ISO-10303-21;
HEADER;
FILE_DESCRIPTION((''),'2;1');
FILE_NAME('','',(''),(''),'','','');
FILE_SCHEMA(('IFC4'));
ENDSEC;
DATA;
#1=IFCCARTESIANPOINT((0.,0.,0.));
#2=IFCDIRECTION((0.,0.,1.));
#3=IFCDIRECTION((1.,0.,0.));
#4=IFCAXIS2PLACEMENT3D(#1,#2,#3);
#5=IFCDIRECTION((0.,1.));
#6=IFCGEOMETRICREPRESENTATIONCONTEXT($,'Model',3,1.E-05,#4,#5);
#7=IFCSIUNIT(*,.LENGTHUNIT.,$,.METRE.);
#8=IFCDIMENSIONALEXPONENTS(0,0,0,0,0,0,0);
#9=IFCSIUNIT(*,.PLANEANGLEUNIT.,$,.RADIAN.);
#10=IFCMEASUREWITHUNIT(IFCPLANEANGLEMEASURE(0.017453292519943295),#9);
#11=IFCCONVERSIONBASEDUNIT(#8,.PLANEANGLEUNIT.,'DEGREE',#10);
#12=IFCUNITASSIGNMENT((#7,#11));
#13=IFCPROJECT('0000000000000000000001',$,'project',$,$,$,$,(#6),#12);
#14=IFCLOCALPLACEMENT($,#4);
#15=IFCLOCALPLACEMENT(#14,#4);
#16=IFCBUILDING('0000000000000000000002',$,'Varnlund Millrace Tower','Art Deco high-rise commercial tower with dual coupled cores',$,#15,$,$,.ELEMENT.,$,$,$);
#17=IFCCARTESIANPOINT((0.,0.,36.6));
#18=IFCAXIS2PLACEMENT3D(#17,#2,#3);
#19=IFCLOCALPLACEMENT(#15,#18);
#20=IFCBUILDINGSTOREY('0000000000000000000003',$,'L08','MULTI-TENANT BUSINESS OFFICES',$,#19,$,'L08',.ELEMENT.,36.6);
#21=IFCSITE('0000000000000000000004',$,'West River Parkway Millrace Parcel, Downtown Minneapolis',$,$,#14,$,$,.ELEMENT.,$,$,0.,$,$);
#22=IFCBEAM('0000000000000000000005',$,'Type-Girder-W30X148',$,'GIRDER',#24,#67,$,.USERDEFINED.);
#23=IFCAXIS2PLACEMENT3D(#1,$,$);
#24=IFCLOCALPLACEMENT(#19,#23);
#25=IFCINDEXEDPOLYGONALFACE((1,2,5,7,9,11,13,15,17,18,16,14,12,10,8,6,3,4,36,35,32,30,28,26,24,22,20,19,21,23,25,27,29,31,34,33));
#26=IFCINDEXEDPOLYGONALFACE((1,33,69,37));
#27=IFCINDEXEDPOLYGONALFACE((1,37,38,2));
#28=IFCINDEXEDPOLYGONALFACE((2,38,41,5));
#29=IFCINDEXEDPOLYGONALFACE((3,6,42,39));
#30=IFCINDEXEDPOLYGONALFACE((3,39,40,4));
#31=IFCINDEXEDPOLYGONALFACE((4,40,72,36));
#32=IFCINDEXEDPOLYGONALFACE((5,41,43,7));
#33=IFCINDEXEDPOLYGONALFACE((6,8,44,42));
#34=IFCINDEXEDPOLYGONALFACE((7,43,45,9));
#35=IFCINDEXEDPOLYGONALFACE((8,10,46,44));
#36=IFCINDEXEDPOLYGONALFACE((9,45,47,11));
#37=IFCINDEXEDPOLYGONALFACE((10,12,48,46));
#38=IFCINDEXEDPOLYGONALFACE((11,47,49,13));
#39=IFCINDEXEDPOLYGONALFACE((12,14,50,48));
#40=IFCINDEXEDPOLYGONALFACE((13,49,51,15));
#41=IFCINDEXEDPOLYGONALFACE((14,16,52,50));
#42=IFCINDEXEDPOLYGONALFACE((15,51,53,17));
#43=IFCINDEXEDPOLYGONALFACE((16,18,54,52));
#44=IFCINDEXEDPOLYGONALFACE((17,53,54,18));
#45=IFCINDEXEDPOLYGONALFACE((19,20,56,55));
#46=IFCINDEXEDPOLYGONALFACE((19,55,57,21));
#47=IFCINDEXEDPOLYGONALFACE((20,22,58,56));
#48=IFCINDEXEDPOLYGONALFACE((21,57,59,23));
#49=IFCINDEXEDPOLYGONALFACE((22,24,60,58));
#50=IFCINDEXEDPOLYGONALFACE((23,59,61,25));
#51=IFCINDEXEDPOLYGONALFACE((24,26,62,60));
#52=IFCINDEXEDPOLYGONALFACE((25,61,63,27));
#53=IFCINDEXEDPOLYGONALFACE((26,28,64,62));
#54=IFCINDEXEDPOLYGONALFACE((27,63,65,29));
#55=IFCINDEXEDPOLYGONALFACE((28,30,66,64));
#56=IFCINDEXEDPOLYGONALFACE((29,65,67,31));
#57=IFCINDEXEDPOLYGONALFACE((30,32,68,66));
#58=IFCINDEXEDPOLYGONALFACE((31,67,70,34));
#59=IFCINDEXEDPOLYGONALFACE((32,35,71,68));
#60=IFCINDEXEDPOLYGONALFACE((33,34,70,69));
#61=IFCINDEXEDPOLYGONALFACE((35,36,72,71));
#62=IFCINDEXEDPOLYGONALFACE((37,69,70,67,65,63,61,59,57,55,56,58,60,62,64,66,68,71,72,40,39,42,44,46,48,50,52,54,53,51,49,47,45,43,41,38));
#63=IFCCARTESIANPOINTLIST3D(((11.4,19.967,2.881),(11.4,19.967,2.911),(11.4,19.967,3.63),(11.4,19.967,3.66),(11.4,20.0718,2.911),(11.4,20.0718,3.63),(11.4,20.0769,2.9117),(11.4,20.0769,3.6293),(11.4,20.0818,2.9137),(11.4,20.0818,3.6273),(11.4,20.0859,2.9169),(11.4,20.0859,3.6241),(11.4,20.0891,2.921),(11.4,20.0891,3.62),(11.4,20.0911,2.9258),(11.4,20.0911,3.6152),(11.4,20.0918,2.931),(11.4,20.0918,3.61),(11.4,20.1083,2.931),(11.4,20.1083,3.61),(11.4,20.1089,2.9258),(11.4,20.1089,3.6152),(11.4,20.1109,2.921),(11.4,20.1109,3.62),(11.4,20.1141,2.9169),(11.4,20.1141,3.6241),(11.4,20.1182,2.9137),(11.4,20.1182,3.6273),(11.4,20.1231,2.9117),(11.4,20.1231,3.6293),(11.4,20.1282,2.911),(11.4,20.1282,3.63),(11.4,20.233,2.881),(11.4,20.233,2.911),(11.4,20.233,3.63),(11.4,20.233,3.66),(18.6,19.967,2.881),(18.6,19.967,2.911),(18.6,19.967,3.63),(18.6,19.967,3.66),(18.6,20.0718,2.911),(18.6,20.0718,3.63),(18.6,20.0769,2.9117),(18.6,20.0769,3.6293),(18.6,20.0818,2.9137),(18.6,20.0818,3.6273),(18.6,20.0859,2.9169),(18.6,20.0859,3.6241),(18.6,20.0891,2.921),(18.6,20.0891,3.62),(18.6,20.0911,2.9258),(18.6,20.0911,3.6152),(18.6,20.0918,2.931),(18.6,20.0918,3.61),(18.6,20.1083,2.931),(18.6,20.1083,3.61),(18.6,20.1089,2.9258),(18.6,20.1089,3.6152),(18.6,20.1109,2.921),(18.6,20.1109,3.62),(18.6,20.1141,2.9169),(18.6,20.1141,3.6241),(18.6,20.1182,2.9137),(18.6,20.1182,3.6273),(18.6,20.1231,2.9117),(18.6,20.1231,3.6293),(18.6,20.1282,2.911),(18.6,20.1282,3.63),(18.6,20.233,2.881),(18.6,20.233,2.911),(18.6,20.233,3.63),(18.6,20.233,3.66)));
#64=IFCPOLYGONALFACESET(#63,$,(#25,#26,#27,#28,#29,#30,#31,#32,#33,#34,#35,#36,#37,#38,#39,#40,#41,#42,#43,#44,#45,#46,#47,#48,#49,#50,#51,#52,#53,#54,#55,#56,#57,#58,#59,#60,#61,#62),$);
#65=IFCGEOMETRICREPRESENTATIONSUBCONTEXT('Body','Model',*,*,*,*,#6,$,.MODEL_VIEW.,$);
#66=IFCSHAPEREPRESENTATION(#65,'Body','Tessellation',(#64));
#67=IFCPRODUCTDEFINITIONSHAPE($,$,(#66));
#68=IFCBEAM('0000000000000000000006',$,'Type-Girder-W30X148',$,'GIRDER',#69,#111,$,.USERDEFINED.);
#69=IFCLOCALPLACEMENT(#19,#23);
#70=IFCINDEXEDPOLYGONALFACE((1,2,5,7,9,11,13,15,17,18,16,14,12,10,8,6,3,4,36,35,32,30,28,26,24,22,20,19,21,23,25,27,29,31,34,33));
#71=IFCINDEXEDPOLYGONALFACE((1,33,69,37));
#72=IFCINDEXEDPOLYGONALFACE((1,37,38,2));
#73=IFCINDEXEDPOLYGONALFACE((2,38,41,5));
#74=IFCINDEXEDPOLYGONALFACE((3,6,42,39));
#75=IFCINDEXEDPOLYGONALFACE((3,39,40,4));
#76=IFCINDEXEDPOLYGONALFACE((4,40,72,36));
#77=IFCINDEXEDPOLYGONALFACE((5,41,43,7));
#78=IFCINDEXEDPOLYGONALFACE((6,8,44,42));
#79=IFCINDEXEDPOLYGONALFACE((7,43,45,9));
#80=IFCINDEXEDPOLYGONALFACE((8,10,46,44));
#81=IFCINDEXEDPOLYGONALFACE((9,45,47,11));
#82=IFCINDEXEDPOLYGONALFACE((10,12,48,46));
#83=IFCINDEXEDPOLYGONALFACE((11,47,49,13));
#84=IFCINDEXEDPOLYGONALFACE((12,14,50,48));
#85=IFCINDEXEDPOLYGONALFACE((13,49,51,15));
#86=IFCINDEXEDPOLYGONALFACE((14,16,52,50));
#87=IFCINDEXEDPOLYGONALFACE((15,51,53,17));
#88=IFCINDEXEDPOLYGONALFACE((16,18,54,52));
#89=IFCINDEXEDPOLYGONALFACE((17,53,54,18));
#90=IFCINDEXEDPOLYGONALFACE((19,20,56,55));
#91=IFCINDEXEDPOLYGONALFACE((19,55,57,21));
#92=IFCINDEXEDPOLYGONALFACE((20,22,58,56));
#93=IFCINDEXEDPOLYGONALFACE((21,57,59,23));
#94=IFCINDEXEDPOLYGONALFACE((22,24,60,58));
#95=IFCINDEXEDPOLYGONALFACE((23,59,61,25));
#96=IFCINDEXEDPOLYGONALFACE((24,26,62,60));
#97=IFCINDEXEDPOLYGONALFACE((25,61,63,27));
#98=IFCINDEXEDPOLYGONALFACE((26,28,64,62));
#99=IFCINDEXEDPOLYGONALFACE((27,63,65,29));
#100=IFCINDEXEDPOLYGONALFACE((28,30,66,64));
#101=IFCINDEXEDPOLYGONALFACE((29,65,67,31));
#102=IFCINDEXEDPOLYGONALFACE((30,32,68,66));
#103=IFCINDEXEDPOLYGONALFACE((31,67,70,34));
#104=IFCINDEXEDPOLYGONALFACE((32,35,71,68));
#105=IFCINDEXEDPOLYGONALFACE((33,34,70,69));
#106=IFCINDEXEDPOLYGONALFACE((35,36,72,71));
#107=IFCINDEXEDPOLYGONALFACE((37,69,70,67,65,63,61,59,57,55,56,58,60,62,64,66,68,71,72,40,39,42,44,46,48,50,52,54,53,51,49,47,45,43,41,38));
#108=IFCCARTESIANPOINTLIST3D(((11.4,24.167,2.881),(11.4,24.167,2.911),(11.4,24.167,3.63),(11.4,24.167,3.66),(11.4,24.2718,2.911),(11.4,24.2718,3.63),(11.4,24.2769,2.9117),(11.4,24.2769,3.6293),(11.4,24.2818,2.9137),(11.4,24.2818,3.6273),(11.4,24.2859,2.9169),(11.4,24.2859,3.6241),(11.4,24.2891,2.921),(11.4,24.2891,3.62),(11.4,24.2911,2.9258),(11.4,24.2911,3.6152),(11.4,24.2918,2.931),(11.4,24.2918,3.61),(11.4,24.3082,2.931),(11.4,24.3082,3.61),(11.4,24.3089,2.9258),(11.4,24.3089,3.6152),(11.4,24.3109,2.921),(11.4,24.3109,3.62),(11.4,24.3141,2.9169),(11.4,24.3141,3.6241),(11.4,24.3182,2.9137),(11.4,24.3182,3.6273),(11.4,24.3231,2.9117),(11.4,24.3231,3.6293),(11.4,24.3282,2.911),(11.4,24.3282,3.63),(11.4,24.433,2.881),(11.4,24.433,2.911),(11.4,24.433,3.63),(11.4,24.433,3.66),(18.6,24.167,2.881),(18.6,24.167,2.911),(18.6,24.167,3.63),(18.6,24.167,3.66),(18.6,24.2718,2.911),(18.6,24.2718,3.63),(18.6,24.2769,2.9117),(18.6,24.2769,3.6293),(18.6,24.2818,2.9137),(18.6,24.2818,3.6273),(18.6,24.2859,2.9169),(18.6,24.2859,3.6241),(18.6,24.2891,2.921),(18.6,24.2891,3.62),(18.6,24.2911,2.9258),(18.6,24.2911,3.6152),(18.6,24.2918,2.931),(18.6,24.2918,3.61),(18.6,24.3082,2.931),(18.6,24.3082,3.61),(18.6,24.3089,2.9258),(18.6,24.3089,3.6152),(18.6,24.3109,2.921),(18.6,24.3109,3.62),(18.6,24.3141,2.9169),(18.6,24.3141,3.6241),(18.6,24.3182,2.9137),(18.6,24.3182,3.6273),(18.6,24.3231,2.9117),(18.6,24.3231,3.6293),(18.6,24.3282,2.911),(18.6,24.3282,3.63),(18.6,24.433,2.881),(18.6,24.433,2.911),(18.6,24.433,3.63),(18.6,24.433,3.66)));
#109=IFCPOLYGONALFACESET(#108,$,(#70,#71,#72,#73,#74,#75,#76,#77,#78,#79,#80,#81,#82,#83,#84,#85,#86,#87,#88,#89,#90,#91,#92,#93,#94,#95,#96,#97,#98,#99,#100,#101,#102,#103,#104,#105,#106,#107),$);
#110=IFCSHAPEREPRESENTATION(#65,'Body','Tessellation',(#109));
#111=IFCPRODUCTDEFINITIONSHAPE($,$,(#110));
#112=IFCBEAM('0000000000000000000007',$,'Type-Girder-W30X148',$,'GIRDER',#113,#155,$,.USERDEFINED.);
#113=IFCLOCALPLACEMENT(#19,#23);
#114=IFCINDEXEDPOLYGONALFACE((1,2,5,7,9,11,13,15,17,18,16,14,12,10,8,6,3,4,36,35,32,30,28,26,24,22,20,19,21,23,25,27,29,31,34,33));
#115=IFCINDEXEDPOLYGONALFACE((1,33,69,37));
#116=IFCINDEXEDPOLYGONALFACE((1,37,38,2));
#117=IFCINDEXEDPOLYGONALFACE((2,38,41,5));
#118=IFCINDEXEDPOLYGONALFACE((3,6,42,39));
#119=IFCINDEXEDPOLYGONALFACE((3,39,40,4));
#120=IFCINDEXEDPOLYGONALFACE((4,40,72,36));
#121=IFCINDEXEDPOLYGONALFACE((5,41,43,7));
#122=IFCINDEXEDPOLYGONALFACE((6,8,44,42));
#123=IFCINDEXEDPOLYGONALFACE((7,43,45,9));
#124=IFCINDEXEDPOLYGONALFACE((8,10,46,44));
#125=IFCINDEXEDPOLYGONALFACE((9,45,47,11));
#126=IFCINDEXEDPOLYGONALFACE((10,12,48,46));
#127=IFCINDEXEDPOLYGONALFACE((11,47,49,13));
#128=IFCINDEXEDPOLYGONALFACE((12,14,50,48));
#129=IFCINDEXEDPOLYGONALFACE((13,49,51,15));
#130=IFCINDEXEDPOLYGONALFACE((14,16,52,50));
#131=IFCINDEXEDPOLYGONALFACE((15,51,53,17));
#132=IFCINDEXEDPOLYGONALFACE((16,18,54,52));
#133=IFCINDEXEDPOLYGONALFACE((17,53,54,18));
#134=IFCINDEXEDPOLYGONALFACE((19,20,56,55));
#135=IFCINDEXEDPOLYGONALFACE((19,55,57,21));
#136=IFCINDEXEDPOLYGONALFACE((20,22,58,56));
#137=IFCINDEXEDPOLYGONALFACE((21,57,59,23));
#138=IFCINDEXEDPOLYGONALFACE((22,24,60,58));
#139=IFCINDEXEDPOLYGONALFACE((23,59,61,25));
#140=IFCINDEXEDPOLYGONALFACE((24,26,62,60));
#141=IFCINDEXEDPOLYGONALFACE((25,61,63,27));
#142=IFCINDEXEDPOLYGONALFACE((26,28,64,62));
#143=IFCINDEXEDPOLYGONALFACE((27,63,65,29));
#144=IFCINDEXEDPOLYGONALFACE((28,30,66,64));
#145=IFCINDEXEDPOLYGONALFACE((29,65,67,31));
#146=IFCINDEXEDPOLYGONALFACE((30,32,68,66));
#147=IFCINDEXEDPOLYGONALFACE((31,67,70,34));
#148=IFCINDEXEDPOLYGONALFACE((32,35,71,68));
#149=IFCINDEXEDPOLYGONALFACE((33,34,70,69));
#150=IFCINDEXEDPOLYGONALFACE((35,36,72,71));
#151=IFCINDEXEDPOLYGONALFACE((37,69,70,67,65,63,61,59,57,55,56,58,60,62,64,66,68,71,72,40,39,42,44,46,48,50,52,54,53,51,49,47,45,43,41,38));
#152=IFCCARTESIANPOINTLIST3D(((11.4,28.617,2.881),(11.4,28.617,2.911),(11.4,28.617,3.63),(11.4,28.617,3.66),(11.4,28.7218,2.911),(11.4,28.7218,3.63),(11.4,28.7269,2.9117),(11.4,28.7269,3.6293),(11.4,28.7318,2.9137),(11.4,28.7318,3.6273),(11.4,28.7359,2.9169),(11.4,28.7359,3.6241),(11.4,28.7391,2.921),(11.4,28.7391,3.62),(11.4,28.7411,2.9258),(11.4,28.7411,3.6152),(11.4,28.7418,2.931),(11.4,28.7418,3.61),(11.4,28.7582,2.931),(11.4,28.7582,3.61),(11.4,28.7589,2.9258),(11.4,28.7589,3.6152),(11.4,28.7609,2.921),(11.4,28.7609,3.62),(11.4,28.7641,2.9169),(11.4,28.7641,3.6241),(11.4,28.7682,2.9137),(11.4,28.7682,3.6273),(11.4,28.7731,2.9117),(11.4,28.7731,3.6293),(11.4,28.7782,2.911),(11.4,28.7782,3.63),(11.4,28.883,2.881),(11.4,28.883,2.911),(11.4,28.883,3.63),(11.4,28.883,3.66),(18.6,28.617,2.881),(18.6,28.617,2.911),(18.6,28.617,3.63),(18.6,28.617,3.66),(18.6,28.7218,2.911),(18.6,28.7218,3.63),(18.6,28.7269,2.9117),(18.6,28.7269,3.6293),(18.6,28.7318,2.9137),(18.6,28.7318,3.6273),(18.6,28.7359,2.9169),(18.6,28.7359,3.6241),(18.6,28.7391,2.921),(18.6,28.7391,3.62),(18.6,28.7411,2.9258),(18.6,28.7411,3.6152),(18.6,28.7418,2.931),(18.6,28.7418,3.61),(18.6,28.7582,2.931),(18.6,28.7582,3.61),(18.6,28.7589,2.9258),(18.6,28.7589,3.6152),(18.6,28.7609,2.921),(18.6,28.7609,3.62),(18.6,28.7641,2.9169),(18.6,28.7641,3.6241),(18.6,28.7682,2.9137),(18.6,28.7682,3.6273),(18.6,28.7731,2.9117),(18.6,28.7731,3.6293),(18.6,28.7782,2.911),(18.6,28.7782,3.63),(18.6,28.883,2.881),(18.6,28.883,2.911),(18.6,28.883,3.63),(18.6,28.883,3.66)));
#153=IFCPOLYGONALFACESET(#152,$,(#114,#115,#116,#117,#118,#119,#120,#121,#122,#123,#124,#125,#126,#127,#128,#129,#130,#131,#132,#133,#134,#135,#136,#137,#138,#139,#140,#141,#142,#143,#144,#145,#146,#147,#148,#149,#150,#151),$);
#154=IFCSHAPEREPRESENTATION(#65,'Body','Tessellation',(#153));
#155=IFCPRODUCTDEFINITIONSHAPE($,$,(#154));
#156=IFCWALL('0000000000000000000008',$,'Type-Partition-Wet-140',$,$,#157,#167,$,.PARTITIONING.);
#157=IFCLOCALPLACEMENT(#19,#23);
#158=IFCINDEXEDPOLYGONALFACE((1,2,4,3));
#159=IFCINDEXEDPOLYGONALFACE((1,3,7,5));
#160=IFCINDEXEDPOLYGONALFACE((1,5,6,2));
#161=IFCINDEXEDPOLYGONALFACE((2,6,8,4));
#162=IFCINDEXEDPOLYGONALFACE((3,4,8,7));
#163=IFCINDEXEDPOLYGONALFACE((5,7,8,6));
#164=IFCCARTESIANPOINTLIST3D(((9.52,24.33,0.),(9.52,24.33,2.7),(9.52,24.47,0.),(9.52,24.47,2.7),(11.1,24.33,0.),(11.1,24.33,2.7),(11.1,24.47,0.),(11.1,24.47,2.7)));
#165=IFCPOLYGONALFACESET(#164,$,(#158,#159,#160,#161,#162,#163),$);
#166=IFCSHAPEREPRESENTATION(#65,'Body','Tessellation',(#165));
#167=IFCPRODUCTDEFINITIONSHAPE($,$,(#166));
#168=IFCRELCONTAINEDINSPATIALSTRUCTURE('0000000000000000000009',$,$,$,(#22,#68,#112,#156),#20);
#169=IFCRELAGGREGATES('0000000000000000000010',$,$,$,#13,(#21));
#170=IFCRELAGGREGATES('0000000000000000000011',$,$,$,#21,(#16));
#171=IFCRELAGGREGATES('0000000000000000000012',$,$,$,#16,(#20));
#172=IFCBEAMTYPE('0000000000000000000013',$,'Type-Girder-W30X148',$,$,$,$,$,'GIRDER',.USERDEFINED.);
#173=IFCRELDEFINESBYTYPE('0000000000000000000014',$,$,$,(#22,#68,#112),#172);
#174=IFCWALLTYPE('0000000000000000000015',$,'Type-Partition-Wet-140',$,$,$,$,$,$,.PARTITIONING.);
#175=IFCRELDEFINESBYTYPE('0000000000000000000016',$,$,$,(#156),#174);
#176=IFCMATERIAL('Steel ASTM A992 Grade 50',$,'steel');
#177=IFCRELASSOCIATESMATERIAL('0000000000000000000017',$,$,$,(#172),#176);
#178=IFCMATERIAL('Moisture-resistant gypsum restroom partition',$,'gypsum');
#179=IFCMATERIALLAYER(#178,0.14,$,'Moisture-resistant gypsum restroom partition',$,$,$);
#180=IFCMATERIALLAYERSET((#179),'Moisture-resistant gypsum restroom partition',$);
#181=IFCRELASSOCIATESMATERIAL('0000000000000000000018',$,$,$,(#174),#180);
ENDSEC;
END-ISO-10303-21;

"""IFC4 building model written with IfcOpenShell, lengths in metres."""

from ifc_helpers import new_model, entity, si_unit, converted_unit, direction, frame, origin_with_axes, origin_2d_with_axis, place, context, subcontext, project, spatial, polyline, i_section, outline, extrude, material, layer, layer_set, material_profile, profile_set, type_object, element, save


model = new_model("IFC4")

# Units and contexts
model_context = context("Model", 3, precision=1e-05, world=origin_with_axes(), true_north=direction((0.0, 1.0)))
body_context = subcontext(model_context, "Body", "Model", "MODEL_VIEW")
ifc_project = project(units=[si_unit("LENGTHUNIT", "METRE"), converted_unit("PLANEANGLEUNIT", "DEGREE", entity("IfcPlaneAngleMeasure", 0.017453292519943295), si_unit("PLANEANGLEUNIT", "RADIAN"), dimensions=[0, 0, 0, 0, 0, 0, 0])], contexts=[model_context])

# Site, building, storey
site_placement = place(None, origin_with_axes())
site = spatial("IfcSite", under=ifc_project, at=site_placement, Name="West River Parkway Millrace Parcel, Downtown Minneapolis", CompositionType="ELEMENT", RefElevation=0.0)
building_placement = place(site_placement, origin_with_axes())
building = spatial("IfcBuilding", under=site, at=building_placement, Name="Varnlund Millrace Tower", Description="Art Deco high-rise commercial tower with dual coupled cores", CompositionType="ELEMENT")
storey_placement = place(building_placement, frame((0.0, 0.0, 36.6), z_axis=(0.0, 0.0, 1.0), x_axis=(1.0, 0.0, 0.0)))
storey = spatial("IfcBuildingStorey", under=building, at=storey_placement, Name="L08", Description="MULTI-TENANT BUSINESS OFFICES", LongName="L08", CompositionType="ELEMENT", Elevation=36.6)

# Beams
ifc_material_1 = material(Name="Steel ASTM A992 Grade 50", Category="steel")
ifc_material_profile_1 = material_profile(ifc_material_1, i_section(OverallWidth=0.266, OverallDepth=0.779, WebThickness=0.0165, FlangeThickness=0.03, FilletRadius=0.02, at=origin_2d_with_axis()), Name="Steel ASTM A992 Grade 50")
ifc_profile_set_1 = profile_set([ifc_material_profile_1], Name="Steel ASTM A992 Grade 50")
beam_type_1 = type_object("IfcBeamType", Name="Type-Girder-W30X148", ElementType="GIRDER", PredefinedType="USERDEFINED", material=ifc_profile_set_1)
for number, where, z_axis, x_axis, name in (
    (1, (11.4, 20.1, 3.2705), (1.0, 0.0, 0.0), (0.0, 1.0, 0.0), "Type-Girder-W30X148"),
    (2, (11.4, 24.3, 3.2705), (1.0, 0.0, 0.0), (0.0, 1.0, 0.0), "Type-Girder-W30X148"),
    (3, (11.4, 28.75, 3.2705), (1.0, 0.0, 0.0), (0.0, 1.0, 0.0), "Type-Girder-W30X148"),
):
    element("IfcBeam", number, at=place(storey_placement, frame(where, z_axis=z_axis, x_axis=x_axis)), inside=storey, type_object=beam_type_1, Name=name, ObjectType="GIRDER", PredefinedType="USERDEFINED", context=body_context, shape_type="SweptSolid", body=[
        extrude(i_section(OverallWidth=0.266, OverallDepth=0.779, WebThickness=0.0165, FlangeThickness=0.03, FilletRadius=0.02, at=origin_2d_with_axis()), origin_with_axes(), (0.0, 0.0, 1.0), 7.2),
    ])

# Wall
ifc_material_2 = material(Name="Moisture-resistant gypsum restroom partition", Category="gypsum")
ifc_layer_1 = layer(ifc_material_2, 0.14, Name="Moisture-resistant gypsum restroom partition")
ifc_layer_set_1 = layer_set([ifc_layer_1], Name="Moisture-resistant gypsum restroom partition")
wall_type_1 = type_object("IfcWallType", Name="Type-Partition-Wet-140", PredefinedType="PARTITIONING", material=ifc_layer_set_1)
wall_1_placement = place(storey_placement, frame((9.52, 24.4, 0.0), z_axis=(0.0, 0.0, 1.0), x_axis=(1.0, 0.0, 0.0)))
element("IfcWall", 4, at=wall_1_placement, inside=storey, type_object=wall_type_1, Name="Type-Partition-Wet-140", PredefinedType="PARTITIONING", context=body_context, shape_type="SweptSolid", body=[
    extrude(outline(polyline([(0.0, -0.07), (1.58, -0.07), (1.58, 0.07), (0.0, 0.07), (0.0, -0.07)])), origin_with_axes(), (0.0, 0.0, 1.0), 2.7),
])

save(model, "model.ifc")
